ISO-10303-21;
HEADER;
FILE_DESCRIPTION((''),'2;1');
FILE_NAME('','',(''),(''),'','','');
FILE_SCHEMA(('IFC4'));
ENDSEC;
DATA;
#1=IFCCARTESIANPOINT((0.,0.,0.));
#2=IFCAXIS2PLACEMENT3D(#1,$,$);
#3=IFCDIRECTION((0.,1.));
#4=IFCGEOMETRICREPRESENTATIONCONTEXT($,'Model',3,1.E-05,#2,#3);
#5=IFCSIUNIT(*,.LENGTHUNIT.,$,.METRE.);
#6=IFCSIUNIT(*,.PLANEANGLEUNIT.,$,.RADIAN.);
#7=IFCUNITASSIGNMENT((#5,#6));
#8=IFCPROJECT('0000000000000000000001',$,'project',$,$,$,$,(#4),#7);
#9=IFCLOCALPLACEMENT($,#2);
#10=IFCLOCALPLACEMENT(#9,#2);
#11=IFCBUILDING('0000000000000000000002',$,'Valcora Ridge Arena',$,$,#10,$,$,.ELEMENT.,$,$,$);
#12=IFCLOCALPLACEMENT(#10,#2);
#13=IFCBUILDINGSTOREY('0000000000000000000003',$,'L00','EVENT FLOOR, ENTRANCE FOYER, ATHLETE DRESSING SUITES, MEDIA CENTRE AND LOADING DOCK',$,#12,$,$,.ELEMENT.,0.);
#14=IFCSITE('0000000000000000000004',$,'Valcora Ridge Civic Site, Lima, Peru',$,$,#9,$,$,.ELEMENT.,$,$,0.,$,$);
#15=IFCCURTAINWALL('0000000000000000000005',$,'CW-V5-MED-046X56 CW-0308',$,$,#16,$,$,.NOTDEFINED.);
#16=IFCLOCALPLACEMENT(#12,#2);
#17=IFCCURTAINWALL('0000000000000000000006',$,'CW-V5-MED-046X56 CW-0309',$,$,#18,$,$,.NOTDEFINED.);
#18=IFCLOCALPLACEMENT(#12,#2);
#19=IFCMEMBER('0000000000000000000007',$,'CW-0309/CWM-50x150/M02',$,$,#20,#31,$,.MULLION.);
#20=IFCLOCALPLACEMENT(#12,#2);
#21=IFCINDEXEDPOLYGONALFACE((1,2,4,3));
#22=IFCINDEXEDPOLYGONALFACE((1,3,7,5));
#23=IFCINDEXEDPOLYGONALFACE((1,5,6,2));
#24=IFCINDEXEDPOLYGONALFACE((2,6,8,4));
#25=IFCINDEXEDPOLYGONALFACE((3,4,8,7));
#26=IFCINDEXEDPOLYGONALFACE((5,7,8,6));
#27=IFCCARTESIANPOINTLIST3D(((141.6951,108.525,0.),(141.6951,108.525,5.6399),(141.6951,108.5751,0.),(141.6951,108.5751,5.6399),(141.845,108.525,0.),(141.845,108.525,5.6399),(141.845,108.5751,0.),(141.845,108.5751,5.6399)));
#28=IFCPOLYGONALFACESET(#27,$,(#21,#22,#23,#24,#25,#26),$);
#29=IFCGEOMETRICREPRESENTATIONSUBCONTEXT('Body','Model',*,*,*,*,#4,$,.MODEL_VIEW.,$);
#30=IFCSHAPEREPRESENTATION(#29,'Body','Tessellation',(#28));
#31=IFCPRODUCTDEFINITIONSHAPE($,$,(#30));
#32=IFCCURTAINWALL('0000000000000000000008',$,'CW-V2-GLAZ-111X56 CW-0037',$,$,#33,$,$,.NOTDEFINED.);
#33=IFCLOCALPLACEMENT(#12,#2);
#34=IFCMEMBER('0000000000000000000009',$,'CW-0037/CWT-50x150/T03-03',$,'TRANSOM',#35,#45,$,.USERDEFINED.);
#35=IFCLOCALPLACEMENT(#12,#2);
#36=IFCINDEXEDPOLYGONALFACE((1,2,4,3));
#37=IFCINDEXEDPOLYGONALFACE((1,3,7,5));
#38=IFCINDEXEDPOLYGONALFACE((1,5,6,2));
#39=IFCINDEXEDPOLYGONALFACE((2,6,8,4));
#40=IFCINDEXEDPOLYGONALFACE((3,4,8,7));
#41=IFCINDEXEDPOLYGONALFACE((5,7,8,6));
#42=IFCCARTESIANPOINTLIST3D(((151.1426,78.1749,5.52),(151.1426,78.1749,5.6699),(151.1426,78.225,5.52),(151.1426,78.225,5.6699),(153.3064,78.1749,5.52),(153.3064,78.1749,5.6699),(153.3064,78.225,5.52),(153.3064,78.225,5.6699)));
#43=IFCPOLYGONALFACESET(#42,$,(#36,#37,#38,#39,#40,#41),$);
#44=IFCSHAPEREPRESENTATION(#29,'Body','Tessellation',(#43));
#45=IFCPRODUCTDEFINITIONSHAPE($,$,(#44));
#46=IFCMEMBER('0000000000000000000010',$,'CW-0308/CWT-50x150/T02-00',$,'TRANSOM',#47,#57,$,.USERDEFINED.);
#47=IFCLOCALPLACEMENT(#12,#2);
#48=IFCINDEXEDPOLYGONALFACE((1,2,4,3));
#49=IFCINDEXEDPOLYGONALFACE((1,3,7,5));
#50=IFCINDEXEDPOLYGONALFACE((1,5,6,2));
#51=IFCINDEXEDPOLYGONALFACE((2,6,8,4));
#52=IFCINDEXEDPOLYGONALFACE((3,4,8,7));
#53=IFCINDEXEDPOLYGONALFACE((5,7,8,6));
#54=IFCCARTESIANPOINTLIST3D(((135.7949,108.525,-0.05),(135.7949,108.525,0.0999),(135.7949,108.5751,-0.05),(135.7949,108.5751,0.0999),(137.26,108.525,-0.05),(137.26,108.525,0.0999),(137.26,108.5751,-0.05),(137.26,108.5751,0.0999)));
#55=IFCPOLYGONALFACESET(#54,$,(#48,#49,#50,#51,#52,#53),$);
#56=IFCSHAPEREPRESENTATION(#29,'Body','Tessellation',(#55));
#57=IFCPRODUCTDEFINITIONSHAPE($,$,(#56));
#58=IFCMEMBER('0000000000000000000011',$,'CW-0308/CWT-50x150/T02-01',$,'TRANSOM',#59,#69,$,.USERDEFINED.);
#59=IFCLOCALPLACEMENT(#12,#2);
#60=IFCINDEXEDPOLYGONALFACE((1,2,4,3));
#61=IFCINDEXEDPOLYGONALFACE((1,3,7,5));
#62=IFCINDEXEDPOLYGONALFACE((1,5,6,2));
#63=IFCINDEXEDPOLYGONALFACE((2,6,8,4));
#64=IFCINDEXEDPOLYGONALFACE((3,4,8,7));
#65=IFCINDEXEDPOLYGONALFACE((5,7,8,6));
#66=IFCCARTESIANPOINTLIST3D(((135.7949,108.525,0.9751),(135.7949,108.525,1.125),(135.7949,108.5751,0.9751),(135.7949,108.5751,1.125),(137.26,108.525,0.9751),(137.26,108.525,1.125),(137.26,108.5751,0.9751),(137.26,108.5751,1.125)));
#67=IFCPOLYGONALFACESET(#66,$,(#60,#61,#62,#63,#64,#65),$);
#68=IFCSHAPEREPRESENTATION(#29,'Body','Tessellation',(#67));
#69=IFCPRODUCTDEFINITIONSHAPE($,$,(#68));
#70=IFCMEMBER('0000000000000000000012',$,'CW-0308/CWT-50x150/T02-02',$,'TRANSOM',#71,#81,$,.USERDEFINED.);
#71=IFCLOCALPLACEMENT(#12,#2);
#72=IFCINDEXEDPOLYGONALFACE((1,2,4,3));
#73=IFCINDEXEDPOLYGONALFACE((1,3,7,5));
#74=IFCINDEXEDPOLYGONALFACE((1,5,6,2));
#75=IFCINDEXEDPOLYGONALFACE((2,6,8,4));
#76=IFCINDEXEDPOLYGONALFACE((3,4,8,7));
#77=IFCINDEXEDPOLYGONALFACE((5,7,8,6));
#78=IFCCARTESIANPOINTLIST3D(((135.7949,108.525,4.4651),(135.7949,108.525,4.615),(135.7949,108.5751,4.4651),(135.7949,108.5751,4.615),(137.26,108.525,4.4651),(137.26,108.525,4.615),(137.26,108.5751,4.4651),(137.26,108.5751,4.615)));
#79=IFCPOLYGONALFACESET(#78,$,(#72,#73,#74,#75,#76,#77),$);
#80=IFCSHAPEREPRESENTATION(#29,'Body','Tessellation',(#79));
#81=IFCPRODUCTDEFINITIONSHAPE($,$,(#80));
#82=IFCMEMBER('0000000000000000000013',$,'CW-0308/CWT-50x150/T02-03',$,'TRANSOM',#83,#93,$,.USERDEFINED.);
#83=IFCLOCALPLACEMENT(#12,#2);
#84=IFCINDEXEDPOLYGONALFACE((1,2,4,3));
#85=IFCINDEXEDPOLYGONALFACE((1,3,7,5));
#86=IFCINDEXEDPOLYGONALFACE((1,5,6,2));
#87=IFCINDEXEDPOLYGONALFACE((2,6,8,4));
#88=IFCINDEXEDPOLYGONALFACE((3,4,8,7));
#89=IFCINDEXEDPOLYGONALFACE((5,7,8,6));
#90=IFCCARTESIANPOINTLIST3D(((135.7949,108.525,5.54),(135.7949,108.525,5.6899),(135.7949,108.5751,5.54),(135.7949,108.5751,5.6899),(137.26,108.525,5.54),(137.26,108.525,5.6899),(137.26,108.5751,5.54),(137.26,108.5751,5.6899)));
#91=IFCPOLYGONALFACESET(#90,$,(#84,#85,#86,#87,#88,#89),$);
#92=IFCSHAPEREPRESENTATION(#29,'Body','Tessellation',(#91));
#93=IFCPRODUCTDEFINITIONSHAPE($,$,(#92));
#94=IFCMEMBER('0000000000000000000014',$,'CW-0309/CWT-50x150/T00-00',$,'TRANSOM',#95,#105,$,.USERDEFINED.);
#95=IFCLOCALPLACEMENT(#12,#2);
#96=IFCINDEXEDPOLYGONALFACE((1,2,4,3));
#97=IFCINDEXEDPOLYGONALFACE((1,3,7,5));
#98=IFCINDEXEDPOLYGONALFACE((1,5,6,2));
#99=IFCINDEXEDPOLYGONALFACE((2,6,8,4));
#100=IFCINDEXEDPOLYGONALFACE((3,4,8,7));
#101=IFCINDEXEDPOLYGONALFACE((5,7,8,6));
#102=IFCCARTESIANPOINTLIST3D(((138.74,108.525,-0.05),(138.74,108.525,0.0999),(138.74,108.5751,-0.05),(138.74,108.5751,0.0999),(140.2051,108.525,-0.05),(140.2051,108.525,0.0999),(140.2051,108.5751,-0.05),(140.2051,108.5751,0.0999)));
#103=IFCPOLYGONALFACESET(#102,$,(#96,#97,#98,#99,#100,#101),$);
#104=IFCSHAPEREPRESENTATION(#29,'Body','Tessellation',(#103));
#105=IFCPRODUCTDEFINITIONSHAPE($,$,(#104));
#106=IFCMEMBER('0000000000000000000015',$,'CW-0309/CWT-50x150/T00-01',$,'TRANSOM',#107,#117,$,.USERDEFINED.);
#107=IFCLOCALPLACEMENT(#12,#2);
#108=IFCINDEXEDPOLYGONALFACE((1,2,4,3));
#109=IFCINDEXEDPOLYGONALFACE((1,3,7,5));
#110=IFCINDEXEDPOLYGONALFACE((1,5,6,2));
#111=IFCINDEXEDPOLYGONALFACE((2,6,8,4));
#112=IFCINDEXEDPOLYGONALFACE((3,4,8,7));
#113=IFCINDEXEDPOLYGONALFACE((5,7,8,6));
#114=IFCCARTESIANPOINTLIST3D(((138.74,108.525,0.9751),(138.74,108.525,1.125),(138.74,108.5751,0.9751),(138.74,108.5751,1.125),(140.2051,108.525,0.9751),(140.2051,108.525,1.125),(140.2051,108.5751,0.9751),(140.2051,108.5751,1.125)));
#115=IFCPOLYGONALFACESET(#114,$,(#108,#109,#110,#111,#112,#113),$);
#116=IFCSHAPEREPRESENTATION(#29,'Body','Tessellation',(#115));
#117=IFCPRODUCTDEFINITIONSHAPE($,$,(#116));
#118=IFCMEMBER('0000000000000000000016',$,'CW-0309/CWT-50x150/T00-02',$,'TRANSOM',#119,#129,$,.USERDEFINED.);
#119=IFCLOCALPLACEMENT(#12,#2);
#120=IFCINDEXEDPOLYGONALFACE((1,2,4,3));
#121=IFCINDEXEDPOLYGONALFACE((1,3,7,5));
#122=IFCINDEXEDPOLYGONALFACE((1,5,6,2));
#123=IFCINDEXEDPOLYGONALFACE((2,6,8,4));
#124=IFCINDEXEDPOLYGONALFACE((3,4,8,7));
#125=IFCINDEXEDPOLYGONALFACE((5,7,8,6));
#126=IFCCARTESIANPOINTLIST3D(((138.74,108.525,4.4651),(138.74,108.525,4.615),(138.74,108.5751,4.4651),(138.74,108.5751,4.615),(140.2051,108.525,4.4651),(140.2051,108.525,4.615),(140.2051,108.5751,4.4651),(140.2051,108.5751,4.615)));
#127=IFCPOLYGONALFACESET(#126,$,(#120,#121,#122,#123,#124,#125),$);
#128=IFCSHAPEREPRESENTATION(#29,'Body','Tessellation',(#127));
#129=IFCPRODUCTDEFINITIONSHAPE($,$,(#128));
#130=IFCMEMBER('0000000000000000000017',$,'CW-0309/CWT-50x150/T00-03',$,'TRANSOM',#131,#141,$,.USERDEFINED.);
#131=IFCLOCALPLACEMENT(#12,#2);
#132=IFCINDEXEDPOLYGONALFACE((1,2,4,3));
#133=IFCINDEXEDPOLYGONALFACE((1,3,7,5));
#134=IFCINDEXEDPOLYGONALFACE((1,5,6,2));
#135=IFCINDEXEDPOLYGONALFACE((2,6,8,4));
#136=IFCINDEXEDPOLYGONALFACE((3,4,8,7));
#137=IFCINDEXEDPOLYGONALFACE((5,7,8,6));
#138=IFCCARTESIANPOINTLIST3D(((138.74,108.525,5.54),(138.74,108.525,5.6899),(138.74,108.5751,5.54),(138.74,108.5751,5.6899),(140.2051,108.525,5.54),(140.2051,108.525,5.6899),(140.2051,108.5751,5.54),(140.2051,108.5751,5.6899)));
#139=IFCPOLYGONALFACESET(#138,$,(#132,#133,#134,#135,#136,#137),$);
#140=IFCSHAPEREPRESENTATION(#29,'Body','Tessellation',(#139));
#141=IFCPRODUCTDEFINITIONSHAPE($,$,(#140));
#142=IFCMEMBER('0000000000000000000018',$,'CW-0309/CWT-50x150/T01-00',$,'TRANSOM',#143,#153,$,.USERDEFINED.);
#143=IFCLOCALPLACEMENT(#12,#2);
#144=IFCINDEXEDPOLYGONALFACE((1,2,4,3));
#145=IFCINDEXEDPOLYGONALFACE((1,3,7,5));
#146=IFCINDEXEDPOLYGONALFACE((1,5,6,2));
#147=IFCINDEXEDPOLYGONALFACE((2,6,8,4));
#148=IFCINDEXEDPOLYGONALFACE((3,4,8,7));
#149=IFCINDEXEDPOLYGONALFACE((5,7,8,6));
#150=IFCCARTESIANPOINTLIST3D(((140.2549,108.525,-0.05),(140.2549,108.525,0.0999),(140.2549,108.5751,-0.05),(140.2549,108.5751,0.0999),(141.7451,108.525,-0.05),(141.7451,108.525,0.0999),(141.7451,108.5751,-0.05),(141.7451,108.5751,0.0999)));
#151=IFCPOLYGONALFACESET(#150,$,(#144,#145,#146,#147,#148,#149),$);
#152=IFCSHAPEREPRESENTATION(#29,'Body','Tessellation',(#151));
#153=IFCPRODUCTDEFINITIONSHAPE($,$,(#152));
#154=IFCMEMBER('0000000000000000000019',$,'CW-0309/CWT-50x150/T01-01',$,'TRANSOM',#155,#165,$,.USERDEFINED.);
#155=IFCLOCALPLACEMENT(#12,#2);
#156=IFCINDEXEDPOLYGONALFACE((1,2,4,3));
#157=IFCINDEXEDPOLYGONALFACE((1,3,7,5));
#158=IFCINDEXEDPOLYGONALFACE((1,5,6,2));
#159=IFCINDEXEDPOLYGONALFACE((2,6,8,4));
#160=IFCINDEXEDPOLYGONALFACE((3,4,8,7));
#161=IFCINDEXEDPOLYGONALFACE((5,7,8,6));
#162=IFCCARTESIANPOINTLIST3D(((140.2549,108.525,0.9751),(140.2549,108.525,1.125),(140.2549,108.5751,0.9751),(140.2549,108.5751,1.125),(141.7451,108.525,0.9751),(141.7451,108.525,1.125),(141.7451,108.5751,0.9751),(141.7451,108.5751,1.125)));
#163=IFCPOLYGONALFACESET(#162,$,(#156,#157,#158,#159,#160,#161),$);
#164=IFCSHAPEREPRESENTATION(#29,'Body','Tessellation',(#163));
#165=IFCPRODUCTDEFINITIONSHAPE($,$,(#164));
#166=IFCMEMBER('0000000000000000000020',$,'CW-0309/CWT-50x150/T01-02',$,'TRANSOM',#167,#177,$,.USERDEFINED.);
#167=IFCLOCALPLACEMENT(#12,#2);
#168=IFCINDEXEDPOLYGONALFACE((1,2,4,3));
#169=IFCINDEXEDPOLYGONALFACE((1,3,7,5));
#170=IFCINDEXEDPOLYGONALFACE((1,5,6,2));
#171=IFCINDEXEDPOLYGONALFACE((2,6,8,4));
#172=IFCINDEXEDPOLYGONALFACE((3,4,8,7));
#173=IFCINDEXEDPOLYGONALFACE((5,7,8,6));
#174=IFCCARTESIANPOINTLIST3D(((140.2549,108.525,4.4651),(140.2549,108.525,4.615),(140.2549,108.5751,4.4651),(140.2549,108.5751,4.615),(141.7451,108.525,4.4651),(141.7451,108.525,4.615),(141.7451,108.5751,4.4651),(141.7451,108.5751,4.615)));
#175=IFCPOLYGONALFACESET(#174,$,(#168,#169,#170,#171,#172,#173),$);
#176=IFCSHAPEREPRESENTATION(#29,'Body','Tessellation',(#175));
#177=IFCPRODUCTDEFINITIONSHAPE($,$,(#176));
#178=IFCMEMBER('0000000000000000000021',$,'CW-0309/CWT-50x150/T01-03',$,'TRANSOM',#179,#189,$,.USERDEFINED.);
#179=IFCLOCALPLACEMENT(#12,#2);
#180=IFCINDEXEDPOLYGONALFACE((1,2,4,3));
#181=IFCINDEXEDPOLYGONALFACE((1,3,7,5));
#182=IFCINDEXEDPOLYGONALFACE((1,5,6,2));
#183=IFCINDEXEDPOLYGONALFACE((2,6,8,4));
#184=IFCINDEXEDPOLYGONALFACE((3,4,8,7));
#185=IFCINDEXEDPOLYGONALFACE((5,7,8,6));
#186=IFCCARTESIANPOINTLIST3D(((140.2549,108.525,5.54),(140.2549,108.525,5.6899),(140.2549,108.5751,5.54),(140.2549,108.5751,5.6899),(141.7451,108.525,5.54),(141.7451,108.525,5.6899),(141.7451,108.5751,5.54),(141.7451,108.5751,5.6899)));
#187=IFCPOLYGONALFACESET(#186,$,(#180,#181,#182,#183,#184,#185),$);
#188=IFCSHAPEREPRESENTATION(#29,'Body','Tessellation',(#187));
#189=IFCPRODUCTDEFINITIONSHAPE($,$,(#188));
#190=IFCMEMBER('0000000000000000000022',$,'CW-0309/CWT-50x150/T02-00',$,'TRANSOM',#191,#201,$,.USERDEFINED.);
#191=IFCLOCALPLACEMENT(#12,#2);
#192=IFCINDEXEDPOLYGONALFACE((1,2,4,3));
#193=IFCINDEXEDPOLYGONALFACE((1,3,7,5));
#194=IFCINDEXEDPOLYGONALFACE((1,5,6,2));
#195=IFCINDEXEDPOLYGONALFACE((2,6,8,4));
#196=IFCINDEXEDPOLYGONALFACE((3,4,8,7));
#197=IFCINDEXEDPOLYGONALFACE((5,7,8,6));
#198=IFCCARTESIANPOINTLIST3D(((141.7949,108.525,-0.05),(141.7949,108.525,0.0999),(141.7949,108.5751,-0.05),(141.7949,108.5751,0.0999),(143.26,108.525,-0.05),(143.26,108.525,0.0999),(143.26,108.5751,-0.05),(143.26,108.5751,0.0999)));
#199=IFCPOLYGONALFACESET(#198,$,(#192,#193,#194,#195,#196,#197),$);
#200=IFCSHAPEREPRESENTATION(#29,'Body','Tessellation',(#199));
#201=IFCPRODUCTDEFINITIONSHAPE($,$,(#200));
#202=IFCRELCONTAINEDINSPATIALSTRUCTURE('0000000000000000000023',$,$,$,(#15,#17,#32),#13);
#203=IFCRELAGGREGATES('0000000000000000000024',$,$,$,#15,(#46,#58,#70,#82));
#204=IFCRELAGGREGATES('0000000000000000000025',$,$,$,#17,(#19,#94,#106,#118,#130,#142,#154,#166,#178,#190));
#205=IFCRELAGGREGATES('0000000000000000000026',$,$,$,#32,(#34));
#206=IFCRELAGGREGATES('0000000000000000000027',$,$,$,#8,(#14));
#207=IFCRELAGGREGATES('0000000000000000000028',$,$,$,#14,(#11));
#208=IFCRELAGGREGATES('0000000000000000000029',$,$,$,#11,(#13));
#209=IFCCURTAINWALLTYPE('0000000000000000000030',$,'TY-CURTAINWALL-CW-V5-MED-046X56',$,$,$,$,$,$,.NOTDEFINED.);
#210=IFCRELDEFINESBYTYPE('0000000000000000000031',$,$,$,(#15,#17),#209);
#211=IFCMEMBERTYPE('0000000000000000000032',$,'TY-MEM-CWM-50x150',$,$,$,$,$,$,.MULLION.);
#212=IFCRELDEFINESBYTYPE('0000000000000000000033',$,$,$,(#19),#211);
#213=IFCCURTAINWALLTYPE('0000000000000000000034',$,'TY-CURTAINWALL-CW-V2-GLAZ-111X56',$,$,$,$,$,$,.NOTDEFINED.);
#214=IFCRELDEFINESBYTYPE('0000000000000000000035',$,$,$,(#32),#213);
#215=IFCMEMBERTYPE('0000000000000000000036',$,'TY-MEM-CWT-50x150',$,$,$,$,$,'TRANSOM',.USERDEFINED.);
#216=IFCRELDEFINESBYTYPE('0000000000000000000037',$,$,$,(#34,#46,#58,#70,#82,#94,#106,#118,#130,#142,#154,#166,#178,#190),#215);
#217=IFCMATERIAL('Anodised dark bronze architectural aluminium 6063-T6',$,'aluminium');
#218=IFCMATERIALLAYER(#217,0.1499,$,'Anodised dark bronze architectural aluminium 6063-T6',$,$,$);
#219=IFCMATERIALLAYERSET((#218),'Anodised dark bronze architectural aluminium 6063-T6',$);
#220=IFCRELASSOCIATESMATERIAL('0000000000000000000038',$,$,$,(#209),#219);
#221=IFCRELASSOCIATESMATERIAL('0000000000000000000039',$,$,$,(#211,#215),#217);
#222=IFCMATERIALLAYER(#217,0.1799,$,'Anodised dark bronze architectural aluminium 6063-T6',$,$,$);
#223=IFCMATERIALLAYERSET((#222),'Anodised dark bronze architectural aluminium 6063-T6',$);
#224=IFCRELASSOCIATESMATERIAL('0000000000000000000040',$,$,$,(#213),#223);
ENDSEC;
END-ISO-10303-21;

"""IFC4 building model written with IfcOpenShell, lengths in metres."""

from ifc_helpers import new_model, si_unit, direction, frame, origin, origin_2d, place, context, subcontext, project, spatial, rectangle, extrude, material, layer, layer_set, material_profile, profile_set, type_object, element, aggregate, save


model = new_model("IFC4")

# Units and contexts
model_context = context("Model", 3, precision=1e-05, world=origin(), true_north=direction((0.0, 1.0)))
body_context = subcontext(model_context, "Body", "Model", "MODEL_VIEW")
ifc_project = project(units=[si_unit("LENGTHUNIT", "METRE"), si_unit("PLANEANGLEUNIT", "RADIAN")], contexts=[model_context])

# Site, building, storey
site_placement = place(None, origin())
site = spatial("IfcSite", under=ifc_project, at=site_placement, Name="Valcora Ridge Civic Site, Lima, Peru", CompositionType="ELEMENT", RefElevation=0.0)
building_placement = place(site_placement, origin())
building = spatial("IfcBuilding", under=site, at=building_placement, Name="Valcora Ridge Arena", CompositionType="ELEMENT")
storey_placement = place(building_placement, origin())
storey = spatial("IfcBuildingStorey", under=building, at=storey_placement, Name="L00", Description="EVENT FLOOR, ENTRANCE FOYER, ATHLETE DRESSING SUITES, MEDIA CENTRE AND LOADING DOCK", CompositionType="ELEMENT", Elevation=0.0)

# Curtain walls, member
ifc_material_1 = material(Name="Anodised dark bronze architectural aluminium 6063-T6", Category="aluminium")
ifc_layer_1 = layer(ifc_material_1, 0.1499, Name="Anodised dark bronze architectural aluminium 6063-T6")
ifc_layer_set_1 = layer_set([ifc_layer_1], Name="Anodised dark bronze architectural aluminium 6063-T6")
curtain_wall_type_1 = type_object("IfcCurtainWallType", Name="TY-CURTAINWALL-CW-V5-MED-046X56", PredefinedType="NOTDEFINED", material=ifc_layer_set_1)
curtain_wall_1_placement = place(storey_placement, origin())
curtain_wall_1 = element("IfcCurtainWall", 1, at=curtain_wall_1_placement, inside=storey, type_object=curtain_wall_type_1, Name="CW-V5-MED-046X56 CW-0308", PredefinedType="NOTDEFINED")
ifc_material_profile_1 = material_profile(ifc_material_1, rectangle(XDim=0.05, YDim=0.1499, at=origin_2d()), Name="ALU MULLION 50x150")
ifc_profile_set_1 = profile_set([ifc_material_profile_1], Name="Anodised dark bronze architectural aluminium 6063-T6")
member_type_1 = type_object("IfcMemberType", Name="TY-MEM-CWM-50x150", PredefinedType="MULLION", material=ifc_profile_set_1)
curtain_wall_2_placement = place(storey_placement, origin())
curtain_wall_2 = element("IfcCurtainWall", 2, at=curtain_wall_2_placement, inside=storey, type_object=curtain_wall_type_1, Name="CW-V5-MED-046X56 CW-0309", PredefinedType="NOTDEFINED")
member_1_placement = place(storey_placement, frame((141.77, 108.55, 0.0), z_axis=(0.0, 0.0, 1.0), x_axis=(0.0, 1.0, 0.0)))
member_1 = element("IfcMember", 3, at=member_1_placement, type_object=member_type_1, Name="CW-0309/CWM-50x150/M02", PredefinedType="MULLION", context=body_context, shape_type="SweptSolid", body=[
    extrude(rectangle(XDim=0.05, YDim=0.1499, at=origin_2d()), origin(), (0.0, 0.0, 1.0), 5.6399),
])

# Curtain wall, member
ifc_layer_2 = layer(ifc_material_1, 0.1799, Name="Anodised dark bronze architectural aluminium 6063-T6")
ifc_layer_set_2 = layer_set([ifc_layer_2], Name="Anodised dark bronze architectural aluminium 6063-T6")
curtain_wall_type_2 = type_object("IfcCurtainWallType", Name="TY-CURTAINWALL-CW-V2-GLAZ-111X56", PredefinedType="NOTDEFINED", material=ifc_layer_set_2)
curtain_wall_3_placement = place(storey_placement, origin())
curtain_wall_3 = element("IfcCurtainWall", 4, at=curtain_wall_3_placement, inside=storey, type_object=curtain_wall_type_2, Name="CW-V2-GLAZ-111X56 CW-0037", PredefinedType="NOTDEFINED")
ifc_material_profile_2 = material_profile(ifc_material_1, rectangle(XDim=0.05, YDim=0.1499, at=origin_2d()), Name="ALU TRANSOM 50x150")
ifc_profile_set_2 = profile_set([ifc_material_profile_2], Name="Anodised dark bronze architectural aluminium 6063-T6")
member_type_2 = type_object("IfcMemberType", Name="TY-MEM-CWT-50x150", ElementType="TRANSOM", PredefinedType="USERDEFINED", material=ifc_profile_set_2)
member_2_placement = place(storey_placement, frame((151.1426, 78.2, 5.595), z_axis=(1.0, 0.0, 0.0), x_axis=(0.0, 1.0, 0.0)))
member_2 = element("IfcMember", 5, at=member_2_placement, type_object=member_type_2, Name="CW-0037/CWT-50x150/T03-03", ObjectType="TRANSOM", PredefinedType="USERDEFINED", context=body_context, shape_type="SweptSolid", body=[
    extrude(rectangle(XDim=0.05, YDim=0.1499, at=origin_2d()), origin(), (0.0, 0.0, 1.0), 2.1638),
])

# Members
member_3_placement = place(storey_placement, frame((135.7949, 108.55, 0.0249), z_axis=(1.0, 0.0, 0.0), x_axis=(0.0, 1.0, 0.0)))
member_3 = element("IfcMember", 6, at=member_3_placement, type_object=member_type_2, Name="CW-0308/CWT-50x150/T02-00", ObjectType="TRANSOM", PredefinedType="USERDEFINED", context=body_context, shape_type="SweptSolid", body=[
    extrude(rectangle(XDim=0.05, YDim=0.1499, at=origin_2d()), origin(), (0.0, 0.0, 1.0), 1.4651),
])
member_4_placement = place(storey_placement, frame((135.7949, 108.55, 1.05), z_axis=(1.0, 0.0, 0.0), x_axis=(0.0, 1.0, 0.0)))
member_4 = element("IfcMember", 7, at=member_4_placement, type_object=member_type_2, Name="CW-0308/CWT-50x150/T02-01", ObjectType="TRANSOM", PredefinedType="USERDEFINED", context=body_context, shape_type="SweptSolid", body=[
    extrude(rectangle(XDim=0.05, YDim=0.1499, at=origin_2d()), origin(), (0.0, 0.0, 1.0), 1.4651),
])
member_5_placement = place(storey_placement, frame((135.7949, 108.55, 4.54), z_axis=(1.0, 0.0, 0.0), x_axis=(0.0, 1.0, 0.0)))
member_5 = element("IfcMember", 8, at=member_5_placement, type_object=member_type_2, Name="CW-0308/CWT-50x150/T02-02", ObjectType="TRANSOM", PredefinedType="USERDEFINED", context=body_context, shape_type="SweptSolid", body=[
    extrude(rectangle(XDim=0.05, YDim=0.1499, at=origin_2d()), origin(), (0.0, 0.0, 1.0), 1.4651),
])
member_6_placement = place(storey_placement, frame((135.7949, 108.55, 5.615), z_axis=(1.0, 0.0, 0.0), x_axis=(0.0, 1.0, 0.0)))
member_6 = element("IfcMember", 9, at=member_6_placement, type_object=member_type_2, Name="CW-0308/CWT-50x150/T02-03", ObjectType="TRANSOM", PredefinedType="USERDEFINED", context=body_context, shape_type="SweptSolid", body=[
    extrude(rectangle(XDim=0.05, YDim=0.1499, at=origin_2d()), origin(), (0.0, 0.0, 1.0), 1.4651),
])
member_7_placement = place(storey_placement, frame((138.74, 108.55, 0.0249), z_axis=(1.0, 0.0, 0.0), x_axis=(0.0, 1.0, 0.0)))
member_7 = element("IfcMember", 10, at=member_7_placement, type_object=member_type_2, Name="CW-0309/CWT-50x150/T00-00", ObjectType="TRANSOM", PredefinedType="USERDEFINED", context=body_context, shape_type="SweptSolid", body=[
    extrude(rectangle(XDim=0.05, YDim=0.1499, at=origin_2d()), origin(), (0.0, 0.0, 1.0), 1.4651),
])
member_8_placement = place(storey_placement, frame((138.74, 108.55, 1.05), z_axis=(1.0, 0.0, 0.0), x_axis=(0.0, 1.0, 0.0)))
member_8 = element("IfcMember", 11, at=member_8_placement, type_object=member_type_2, Name="CW-0309/CWT-50x150/T00-01", ObjectType="TRANSOM", PredefinedType="USERDEFINED", context=body_context, shape_type="SweptSolid", body=[
    extrude(rectangle(XDim=0.05, YDim=0.1499, at=origin_2d()), origin(), (0.0, 0.0, 1.0), 1.4651),
])
member_9_placement = place(storey_placement, frame((138.74, 108.55, 4.54), z_axis=(1.0, 0.0, 0.0), x_axis=(0.0, 1.0, 0.0)))
member_9 = element("IfcMember", 12, at=member_9_placement, type_object=member_type_2, Name="CW-0309/CWT-50x150/T00-02", ObjectType="TRANSOM", PredefinedType="USERDEFINED", context=body_context, shape_type="SweptSolid", body=[
    extrude(rectangle(XDim=0.05, YDim=0.1499, at=origin_2d()), origin(), (0.0, 0.0, 1.0), 1.4651),
])
member_10_placement = place(storey_placement, frame((138.74, 108.55, 5.615), z_axis=(1.0, 0.0, 0.0), x_axis=(0.0, 1.0, 0.0)))
member_10 = element("IfcMember", 13, at=member_10_placement, type_object=member_type_2, Name="CW-0309/CWT-50x150/T00-03", ObjectType="TRANSOM", PredefinedType="USERDEFINED", context=body_context, shape_type="SweptSolid", body=[
    extrude(rectangle(XDim=0.05, YDim=0.1499, at=origin_2d()), origin(), (0.0, 0.0, 1.0), 1.4651),
])
member_11_placement = place(storey_placement, frame((140.2549, 108.55, 0.0249), z_axis=(1.0, 0.0, 0.0), x_axis=(0.0, 1.0, 0.0)))
member_11 = element("IfcMember", 14, at=member_11_placement, type_object=member_type_2, Name="CW-0309/CWT-50x150/T01-00", ObjectType="TRANSOM", PredefinedType="USERDEFINED", context=body_context, shape_type="SweptSolid", body=[
    extrude(rectangle(XDim=0.05, YDim=0.1499, at=origin_2d()), origin(), (0.0, 0.0, 1.0), 1.4902),
])
member_12_placement = place(storey_placement, frame((140.2549, 108.55, 1.05), z_axis=(1.0, 0.0, 0.0), x_axis=(0.0, 1.0, 0.0)))
member_12 = element("IfcMember", 15, at=member_12_placement, type_object=member_type_2, Name="CW-0309/CWT-50x150/T01-01", ObjectType="TRANSOM", PredefinedType="USERDEFINED", context=body_context, shape_type="SweptSolid", body=[
    extrude(rectangle(XDim=0.05, YDim=0.1499, at=origin_2d()), origin(), (0.0, 0.0, 1.0), 1.4902),
])
member_13_placement = place(storey_placement, frame((140.2549, 108.55, 4.54), z_axis=(1.0, 0.0, 0.0), x_axis=(0.0, 1.0, 0.0)))
member_13 = element("IfcMember", 16, at=member_13_placement, type_object=member_type_2, Name="CW-0309/CWT-50x150/T01-02", ObjectType="TRANSOM", PredefinedType="USERDEFINED", context=body_context, shape_type="SweptSolid", body=[
    extrude(rectangle(XDim=0.05, YDim=0.1499, at=origin_2d()), origin(), (0.0, 0.0, 1.0), 1.4902),
])
member_14_placement = place(storey_placement, frame((140.2549, 108.55, 5.615), z_axis=(1.0, 0.0, 0.0), x_axis=(0.0, 1.0, 0.0)))
member_14 = element("IfcMember", 17, at=member_14_placement, type_object=member_type_2, Name="CW-0309/CWT-50x150/T01-03", ObjectType="TRANSOM", PredefinedType="USERDEFINED", context=body_context, shape_type="SweptSolid", body=[
    extrude(rectangle(XDim=0.05, YDim=0.1499, at=origin_2d()), origin(), (0.0, 0.0, 1.0), 1.4902),
])
member_15_placement = place(storey_placement, frame((141.7949, 108.55, 0.0249), z_axis=(1.0, 0.0, 0.0), x_axis=(0.0, 1.0, 0.0)))
member_15 = element("IfcMember", 18, at=member_15_placement, type_object=member_type_2, Name="CW-0309/CWT-50x150/T02-00", ObjectType="TRANSOM", PredefinedType="USERDEFINED", context=body_context, shape_type="SweptSolid", body=[
    extrude(rectangle(XDim=0.05, YDim=0.1499, at=origin_2d()), origin(), (0.0, 0.0, 1.0), 1.4651),
])

aggregate(curtain_wall_1, [member_3, member_4, member_5, member_6])
aggregate(curtain_wall_2, [member_1, member_7, member_8, member_9, member_10, member_11, member_12, member_13, member_14, member_15])
aggregate(curtain_wall_3, [member_2])

save(model, "model.ifc")
